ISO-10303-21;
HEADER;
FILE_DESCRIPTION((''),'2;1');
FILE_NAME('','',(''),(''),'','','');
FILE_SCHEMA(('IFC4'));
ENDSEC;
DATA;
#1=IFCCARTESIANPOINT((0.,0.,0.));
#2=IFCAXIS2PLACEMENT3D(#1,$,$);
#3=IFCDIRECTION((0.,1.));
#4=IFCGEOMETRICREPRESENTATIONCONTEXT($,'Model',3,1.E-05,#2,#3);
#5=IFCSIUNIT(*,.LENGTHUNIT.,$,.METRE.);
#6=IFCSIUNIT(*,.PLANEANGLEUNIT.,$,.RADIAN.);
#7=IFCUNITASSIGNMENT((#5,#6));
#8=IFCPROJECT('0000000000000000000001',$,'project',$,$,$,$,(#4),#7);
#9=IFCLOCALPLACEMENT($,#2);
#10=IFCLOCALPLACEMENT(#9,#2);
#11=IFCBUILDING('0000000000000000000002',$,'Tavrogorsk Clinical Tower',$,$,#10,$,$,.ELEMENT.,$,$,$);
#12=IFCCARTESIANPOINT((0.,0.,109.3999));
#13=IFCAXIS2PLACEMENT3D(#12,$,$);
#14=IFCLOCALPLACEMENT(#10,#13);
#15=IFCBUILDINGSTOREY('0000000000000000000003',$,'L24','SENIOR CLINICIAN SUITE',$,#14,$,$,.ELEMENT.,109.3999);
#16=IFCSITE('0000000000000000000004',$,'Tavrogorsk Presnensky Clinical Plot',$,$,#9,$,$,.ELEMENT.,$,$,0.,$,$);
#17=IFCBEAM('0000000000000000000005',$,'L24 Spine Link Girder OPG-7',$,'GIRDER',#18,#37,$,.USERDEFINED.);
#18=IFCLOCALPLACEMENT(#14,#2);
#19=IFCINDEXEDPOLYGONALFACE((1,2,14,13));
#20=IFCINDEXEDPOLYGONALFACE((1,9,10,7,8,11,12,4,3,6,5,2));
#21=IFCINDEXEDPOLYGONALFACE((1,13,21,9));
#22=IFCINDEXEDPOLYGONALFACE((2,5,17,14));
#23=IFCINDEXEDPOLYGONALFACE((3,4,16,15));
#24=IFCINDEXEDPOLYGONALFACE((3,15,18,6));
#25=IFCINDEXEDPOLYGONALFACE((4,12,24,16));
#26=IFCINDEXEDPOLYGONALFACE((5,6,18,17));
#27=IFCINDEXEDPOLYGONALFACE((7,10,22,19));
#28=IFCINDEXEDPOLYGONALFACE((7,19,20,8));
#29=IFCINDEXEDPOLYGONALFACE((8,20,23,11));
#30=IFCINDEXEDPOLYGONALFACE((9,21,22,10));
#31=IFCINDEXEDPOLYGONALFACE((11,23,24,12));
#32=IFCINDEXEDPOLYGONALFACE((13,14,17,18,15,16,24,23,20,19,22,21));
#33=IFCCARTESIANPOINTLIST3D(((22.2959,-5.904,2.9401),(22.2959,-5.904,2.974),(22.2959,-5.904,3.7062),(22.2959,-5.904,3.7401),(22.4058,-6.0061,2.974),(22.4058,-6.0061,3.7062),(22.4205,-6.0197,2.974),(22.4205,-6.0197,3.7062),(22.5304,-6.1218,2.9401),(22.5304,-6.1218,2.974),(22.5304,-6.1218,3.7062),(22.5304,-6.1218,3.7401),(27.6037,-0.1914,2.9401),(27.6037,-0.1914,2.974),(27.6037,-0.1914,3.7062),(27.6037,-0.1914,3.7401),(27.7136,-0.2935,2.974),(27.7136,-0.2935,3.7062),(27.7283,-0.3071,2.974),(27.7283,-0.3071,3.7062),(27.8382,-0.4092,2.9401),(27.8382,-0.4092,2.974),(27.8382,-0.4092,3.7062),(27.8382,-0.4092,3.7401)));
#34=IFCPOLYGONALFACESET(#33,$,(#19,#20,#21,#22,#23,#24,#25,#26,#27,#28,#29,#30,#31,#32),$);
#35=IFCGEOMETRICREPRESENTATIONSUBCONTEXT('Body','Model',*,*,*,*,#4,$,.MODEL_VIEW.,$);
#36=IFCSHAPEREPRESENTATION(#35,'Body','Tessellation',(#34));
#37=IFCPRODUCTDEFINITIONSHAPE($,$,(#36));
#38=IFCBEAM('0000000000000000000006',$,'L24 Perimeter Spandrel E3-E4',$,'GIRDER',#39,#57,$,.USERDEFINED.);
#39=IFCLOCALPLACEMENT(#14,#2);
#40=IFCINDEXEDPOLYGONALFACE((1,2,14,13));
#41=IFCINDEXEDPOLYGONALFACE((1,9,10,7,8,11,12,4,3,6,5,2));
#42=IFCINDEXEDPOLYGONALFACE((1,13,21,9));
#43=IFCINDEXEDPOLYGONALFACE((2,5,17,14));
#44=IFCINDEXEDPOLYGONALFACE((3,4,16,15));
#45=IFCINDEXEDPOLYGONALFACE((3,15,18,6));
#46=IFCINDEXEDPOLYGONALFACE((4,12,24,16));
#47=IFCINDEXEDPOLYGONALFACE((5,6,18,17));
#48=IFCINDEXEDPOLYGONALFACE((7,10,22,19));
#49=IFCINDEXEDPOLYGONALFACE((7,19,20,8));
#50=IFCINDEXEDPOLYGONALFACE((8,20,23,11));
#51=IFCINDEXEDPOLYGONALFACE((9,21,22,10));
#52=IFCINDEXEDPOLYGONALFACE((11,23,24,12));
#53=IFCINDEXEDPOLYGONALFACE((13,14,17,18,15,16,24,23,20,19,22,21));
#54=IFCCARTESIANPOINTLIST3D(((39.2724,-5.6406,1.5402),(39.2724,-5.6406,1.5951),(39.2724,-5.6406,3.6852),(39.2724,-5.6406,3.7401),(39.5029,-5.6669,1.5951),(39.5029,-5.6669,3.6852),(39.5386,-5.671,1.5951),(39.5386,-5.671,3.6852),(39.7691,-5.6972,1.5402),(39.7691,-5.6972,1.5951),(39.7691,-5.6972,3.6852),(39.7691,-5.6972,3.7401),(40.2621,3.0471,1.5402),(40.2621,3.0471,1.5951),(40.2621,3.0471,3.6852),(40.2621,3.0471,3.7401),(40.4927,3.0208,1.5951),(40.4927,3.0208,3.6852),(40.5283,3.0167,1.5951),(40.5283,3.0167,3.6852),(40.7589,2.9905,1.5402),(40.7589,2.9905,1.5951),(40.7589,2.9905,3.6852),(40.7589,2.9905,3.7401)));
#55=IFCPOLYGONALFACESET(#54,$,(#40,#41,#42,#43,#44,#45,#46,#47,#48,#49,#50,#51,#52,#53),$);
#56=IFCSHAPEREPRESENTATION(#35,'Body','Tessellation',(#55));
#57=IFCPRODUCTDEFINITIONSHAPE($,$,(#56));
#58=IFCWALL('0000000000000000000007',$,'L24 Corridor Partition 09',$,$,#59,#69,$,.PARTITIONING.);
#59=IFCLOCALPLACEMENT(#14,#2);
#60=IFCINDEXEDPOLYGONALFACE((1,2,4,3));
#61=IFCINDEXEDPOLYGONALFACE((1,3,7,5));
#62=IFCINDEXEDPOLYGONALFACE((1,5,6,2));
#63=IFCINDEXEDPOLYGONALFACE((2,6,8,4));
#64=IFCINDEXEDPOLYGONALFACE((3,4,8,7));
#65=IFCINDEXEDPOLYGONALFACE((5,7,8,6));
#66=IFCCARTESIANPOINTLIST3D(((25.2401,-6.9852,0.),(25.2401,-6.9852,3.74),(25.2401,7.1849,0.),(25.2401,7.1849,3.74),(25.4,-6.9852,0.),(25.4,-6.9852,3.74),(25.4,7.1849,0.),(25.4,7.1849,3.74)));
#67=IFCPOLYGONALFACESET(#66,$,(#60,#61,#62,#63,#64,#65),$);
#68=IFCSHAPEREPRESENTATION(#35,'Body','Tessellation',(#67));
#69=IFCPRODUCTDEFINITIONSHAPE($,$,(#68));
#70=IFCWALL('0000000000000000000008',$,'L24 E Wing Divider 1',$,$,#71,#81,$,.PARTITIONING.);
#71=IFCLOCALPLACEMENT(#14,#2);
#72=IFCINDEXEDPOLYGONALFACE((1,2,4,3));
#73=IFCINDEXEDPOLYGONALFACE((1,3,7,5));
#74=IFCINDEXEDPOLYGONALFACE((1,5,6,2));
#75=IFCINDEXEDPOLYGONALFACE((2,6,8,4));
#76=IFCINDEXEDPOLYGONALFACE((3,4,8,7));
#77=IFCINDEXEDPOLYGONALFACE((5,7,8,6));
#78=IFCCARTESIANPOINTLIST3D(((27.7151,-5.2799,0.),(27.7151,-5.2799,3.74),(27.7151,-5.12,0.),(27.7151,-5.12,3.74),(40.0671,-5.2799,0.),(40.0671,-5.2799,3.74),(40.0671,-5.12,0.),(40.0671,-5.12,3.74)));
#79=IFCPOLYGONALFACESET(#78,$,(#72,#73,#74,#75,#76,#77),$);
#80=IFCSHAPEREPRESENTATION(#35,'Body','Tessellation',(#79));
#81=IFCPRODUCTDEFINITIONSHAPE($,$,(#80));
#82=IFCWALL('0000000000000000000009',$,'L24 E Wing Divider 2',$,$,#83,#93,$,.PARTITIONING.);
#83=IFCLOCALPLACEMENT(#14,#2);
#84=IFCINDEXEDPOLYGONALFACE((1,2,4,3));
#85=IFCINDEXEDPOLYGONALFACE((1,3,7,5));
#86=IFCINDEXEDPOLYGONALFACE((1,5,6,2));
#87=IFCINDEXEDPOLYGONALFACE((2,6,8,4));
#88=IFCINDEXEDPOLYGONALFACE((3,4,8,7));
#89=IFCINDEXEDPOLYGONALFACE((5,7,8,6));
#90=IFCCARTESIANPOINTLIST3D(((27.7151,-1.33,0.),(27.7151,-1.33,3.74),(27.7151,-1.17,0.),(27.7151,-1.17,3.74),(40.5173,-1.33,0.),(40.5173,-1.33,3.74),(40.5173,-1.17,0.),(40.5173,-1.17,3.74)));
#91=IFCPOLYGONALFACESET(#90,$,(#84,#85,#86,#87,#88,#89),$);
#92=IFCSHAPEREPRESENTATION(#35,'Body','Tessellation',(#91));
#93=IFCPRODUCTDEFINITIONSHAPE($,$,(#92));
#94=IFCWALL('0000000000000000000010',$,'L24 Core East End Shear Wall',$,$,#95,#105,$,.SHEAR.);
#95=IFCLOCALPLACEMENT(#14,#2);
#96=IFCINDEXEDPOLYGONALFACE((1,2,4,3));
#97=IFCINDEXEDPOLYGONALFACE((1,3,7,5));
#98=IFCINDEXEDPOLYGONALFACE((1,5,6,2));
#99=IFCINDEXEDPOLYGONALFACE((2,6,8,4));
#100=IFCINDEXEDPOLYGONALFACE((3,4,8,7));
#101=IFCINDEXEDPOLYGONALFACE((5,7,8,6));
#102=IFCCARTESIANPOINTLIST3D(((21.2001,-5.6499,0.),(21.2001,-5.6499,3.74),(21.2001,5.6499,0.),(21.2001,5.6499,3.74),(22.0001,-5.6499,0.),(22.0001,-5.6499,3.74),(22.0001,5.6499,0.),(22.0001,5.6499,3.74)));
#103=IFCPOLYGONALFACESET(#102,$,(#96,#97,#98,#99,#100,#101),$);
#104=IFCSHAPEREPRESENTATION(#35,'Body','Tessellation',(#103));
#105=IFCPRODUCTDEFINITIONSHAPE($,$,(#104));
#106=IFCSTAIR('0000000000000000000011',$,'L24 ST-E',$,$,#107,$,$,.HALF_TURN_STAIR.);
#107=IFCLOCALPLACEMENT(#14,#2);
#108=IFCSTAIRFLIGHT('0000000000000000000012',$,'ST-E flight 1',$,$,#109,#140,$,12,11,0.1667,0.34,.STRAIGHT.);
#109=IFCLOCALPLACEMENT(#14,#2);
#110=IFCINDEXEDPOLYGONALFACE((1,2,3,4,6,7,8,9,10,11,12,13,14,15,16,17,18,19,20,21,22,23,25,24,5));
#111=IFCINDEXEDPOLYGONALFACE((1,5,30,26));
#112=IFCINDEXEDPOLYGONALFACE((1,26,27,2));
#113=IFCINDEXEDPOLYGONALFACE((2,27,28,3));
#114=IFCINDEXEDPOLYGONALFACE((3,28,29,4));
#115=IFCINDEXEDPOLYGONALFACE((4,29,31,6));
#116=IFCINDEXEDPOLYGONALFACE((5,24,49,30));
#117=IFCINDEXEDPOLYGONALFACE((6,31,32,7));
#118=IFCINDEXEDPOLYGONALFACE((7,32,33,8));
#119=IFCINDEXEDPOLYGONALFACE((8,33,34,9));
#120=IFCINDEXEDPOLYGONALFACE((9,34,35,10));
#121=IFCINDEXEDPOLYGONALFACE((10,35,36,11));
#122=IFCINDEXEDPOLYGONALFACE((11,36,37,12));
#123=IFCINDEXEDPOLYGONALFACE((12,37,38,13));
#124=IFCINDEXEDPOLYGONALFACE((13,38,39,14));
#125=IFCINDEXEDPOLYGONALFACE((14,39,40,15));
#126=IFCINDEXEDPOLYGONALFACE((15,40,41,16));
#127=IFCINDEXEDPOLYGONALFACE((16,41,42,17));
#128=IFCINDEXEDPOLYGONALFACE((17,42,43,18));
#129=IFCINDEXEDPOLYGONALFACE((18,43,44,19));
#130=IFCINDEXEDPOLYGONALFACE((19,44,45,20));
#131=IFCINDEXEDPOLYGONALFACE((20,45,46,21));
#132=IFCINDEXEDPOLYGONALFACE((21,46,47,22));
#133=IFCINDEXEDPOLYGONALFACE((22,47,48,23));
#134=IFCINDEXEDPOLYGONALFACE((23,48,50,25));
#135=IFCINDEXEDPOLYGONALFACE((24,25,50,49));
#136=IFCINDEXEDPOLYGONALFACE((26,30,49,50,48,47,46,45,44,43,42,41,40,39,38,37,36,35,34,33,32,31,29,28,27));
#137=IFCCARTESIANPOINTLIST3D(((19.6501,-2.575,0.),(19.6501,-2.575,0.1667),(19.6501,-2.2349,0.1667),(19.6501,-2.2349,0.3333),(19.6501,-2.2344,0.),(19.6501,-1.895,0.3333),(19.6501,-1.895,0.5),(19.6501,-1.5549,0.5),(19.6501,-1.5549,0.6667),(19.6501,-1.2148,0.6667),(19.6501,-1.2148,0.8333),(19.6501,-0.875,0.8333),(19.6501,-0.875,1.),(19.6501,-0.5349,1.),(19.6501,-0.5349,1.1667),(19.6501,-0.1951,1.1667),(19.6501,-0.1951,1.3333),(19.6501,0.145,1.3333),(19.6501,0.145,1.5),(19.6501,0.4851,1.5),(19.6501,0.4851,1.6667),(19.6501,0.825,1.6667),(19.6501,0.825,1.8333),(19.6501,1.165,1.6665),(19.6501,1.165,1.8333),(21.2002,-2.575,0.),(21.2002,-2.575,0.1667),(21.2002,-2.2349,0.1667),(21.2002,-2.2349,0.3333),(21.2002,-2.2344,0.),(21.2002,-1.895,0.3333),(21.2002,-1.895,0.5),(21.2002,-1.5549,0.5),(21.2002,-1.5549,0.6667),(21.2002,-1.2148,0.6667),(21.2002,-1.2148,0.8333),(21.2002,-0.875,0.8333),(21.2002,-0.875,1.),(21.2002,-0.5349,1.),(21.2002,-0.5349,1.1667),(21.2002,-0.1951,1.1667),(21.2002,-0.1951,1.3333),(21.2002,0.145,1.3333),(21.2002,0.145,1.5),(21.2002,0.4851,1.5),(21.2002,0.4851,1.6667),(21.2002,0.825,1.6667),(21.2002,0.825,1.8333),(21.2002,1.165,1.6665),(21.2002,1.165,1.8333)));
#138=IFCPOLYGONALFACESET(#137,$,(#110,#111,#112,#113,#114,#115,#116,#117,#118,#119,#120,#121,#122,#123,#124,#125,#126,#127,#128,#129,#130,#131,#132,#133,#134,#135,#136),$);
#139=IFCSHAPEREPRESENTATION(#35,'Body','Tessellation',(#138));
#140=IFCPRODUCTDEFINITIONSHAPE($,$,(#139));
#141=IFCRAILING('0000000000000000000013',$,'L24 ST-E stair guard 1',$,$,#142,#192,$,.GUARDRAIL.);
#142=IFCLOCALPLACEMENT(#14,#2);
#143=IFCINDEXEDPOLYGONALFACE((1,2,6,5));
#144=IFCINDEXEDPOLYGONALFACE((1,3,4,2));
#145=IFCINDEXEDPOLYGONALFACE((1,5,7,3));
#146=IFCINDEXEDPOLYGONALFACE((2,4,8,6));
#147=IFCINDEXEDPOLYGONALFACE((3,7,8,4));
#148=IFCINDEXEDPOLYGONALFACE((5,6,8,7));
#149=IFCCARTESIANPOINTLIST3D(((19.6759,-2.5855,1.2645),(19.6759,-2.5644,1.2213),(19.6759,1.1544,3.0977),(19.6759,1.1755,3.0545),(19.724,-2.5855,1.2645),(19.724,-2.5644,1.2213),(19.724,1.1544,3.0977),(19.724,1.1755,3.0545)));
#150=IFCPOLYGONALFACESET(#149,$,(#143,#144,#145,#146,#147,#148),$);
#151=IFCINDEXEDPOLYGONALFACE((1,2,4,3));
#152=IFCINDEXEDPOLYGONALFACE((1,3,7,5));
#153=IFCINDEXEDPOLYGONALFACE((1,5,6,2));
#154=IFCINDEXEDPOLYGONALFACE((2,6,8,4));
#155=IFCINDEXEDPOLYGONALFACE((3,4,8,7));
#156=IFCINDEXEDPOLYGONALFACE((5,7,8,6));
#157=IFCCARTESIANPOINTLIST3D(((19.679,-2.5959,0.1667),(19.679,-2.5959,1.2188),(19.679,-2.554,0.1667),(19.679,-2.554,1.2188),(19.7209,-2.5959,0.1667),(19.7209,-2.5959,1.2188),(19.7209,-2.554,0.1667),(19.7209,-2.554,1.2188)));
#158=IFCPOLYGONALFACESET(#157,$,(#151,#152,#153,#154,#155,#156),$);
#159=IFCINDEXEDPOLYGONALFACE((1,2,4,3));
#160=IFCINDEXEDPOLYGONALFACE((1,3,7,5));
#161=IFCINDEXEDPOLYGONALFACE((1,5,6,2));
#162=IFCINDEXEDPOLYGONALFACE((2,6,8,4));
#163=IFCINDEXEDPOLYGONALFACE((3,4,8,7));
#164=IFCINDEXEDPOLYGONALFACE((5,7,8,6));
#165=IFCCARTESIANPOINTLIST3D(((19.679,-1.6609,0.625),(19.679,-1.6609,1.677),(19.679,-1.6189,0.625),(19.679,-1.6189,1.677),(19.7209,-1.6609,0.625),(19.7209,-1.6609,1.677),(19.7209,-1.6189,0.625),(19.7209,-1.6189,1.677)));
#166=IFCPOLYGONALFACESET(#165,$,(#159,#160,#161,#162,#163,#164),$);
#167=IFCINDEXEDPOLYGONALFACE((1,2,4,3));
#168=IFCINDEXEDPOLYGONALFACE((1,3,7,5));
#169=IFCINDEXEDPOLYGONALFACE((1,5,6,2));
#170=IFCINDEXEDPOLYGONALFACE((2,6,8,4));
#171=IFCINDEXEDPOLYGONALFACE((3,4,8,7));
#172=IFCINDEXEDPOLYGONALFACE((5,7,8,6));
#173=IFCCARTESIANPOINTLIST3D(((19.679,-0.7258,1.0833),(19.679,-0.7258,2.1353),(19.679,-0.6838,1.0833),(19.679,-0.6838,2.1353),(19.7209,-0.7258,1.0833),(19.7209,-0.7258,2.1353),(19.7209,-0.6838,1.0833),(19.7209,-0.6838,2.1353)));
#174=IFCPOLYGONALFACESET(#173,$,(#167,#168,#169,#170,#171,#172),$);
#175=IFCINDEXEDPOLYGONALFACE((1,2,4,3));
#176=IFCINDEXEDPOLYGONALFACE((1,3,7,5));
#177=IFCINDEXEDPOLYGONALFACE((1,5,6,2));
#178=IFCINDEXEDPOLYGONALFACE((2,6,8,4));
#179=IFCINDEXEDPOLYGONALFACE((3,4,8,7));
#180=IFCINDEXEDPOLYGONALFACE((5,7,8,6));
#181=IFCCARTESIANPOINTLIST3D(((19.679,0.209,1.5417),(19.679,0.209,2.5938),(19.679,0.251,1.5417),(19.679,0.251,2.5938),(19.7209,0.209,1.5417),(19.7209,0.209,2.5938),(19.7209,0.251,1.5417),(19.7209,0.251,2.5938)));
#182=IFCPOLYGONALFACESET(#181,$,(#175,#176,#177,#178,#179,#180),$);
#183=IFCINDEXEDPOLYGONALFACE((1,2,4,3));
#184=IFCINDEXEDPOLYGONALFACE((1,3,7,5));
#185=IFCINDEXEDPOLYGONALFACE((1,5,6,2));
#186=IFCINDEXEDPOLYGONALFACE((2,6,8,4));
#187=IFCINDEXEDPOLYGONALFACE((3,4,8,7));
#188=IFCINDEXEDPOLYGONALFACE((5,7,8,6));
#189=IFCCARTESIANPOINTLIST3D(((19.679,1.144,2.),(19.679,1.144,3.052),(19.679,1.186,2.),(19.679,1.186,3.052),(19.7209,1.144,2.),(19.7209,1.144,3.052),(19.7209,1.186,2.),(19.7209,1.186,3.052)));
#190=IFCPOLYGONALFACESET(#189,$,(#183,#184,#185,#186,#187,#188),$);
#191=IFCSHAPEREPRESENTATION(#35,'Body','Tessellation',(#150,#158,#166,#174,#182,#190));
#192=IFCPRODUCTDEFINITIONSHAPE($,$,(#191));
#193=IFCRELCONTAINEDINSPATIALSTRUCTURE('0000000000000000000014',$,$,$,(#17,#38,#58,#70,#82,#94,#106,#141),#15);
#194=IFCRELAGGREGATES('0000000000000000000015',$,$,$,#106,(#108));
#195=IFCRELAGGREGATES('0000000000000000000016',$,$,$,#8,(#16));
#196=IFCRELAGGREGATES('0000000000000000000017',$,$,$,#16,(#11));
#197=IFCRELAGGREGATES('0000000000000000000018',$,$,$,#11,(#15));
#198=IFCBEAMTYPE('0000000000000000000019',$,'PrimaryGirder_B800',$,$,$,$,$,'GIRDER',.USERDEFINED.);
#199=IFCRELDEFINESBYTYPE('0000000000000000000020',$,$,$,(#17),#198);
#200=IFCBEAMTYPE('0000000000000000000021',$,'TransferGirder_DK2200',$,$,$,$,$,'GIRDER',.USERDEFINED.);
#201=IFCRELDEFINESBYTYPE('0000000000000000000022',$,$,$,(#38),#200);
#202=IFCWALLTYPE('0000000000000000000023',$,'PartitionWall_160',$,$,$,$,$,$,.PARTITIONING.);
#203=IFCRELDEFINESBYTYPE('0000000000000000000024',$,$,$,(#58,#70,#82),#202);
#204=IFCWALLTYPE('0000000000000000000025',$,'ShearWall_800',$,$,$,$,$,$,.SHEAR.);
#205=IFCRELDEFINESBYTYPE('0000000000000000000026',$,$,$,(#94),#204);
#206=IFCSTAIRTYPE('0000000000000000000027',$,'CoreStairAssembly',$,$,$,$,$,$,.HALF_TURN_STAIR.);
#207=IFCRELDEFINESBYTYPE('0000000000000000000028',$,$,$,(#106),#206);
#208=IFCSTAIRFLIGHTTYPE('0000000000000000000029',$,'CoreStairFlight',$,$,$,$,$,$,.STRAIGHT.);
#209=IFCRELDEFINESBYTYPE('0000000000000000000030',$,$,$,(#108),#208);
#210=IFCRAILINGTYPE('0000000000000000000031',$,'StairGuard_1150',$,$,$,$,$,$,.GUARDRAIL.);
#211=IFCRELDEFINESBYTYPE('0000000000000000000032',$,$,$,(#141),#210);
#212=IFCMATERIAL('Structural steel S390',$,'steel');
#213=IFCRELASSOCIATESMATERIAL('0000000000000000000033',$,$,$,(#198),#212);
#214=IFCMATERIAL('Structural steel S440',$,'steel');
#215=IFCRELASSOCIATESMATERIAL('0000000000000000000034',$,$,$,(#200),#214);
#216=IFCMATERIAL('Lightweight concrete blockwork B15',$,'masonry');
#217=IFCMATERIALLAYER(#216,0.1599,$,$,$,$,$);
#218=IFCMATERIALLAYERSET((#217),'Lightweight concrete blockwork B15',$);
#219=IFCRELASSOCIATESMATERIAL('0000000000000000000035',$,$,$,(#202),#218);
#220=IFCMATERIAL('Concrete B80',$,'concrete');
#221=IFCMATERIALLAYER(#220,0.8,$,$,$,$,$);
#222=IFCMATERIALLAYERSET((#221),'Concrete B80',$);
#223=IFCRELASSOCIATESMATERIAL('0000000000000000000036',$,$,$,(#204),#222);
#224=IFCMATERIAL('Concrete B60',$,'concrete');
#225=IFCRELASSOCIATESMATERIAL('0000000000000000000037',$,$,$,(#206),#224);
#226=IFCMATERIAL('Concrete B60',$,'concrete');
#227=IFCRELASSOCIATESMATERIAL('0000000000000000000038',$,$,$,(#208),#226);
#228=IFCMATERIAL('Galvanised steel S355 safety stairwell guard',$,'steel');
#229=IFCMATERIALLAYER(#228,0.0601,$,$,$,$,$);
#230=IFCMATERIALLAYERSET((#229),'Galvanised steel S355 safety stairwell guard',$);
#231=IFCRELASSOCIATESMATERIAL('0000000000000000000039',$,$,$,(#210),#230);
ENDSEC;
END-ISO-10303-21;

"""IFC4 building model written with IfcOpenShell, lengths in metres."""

from ifc_helpers import new_model, si_unit, direction, frame, frame_2d, origin, origin_2d, place, context, subcontext, project, spatial, polyline, rectangle, i_section, outline, extrude, material, layer, layer_set, material_profile, profile_set, type_object, element, aggregate, save


model = new_model("IFC4")

# Units and contexts
model_context = context("Model", 3, precision=1e-05, world=origin(), true_north=direction((0.0, 1.0)))
body_context = subcontext(model_context, "Body", "Model", "MODEL_VIEW")
ifc_project = project(units=[si_unit("LENGTHUNIT", "METRE"), si_unit("PLANEANGLEUNIT", "RADIAN")], contexts=[model_context])

# Site, building, storey
site_placement = place(None, origin())
site = spatial("IfcSite", under=ifc_project, at=site_placement, Name="Tavrogorsk Presnensky Clinical Plot", CompositionType="ELEMENT", RefElevation=0.0)
building_placement = place(site_placement, origin())
building = spatial("IfcBuilding", under=site, at=building_placement, Name="Tavrogorsk Clinical Tower", CompositionType="ELEMENT")
storey_placement = place(building_placement, frame((0.0, 0.0, 109.3999)))
storey = spatial("IfcBuildingStorey", under=building, at=storey_placement, Name="L24", Description="SENIOR CLINICIAN SUITE", CompositionType="ELEMENT", Elevation=109.3999)

# Beams
ifc_material_1 = material(Name="Structural steel S390", Category="steel")
ifc_material_profile_1 = material_profile(ifc_material_1, i_section(OverallWidth=0.3201, OverallDepth=0.8, WebThickness=0.02, FlangeThickness=0.0339, at=origin_2d()), Name="B-800x320x20x34")
ifc_profile_set_1 = profile_set([ifc_material_profile_1], Name="Structural steel S390")
beam_type_1 = type_object("IfcBeamType", Name="PrimaryGirder_B800", ElementType="GIRDER", PredefinedType="USERDEFINED", material=ifc_profile_set_1)
beam_1_placement = place(storey_placement, frame((27.7209, -0.3003, 3.3401), z_axis=(-0.680676, -0.732585, 0.0), x_axis=(0.732585, -0.680676, 0.0)))
element("IfcBeam", 1, at=beam_1_placement, inside=storey, type_object=beam_type_1, Name="L24 Spine Link Girder OPG-7", ObjectType="GIRDER", PredefinedType="USERDEFINED", context=body_context, shape_type="SweptSolid", body=[
    extrude(i_section(OverallWidth=0.3201, OverallDepth=0.8, WebThickness=0.02, FlangeThickness=0.0339, at=origin_2d()), origin(), (0.0, 0.0, 1.0), 7.7979),
])
ifc_material_2 = material(Name="Structural steel S440", Category="steel")
ifc_material_profile_2 = material_profile(ifc_material_2, i_section(OverallWidth=0.5, OverallDepth=2.2, WebThickness=0.0359, FlangeThickness=0.0549, at=origin_2d()), Name="DK-2200x500x36x55")
ifc_profile_set_2 = profile_set([ifc_material_profile_2], Name="Structural steel S440")
beam_type_2 = type_object("IfcBeamType", Name="TransferGirder_DK2200", ElementType="GIRDER", PredefinedType="USERDEFINED", material=ifc_profile_set_2)
beam_2_placement = place(storey_placement, frame((39.5208, -5.6689, 2.6401), z_axis=(0.113192, 0.993573, 0.0), x_axis=(-0.993573, 0.113192, 0.0)))
element("IfcBeam", 2, at=beam_2_placement, inside=storey, type_object=beam_type_2, Name="L24 Perimeter Spandrel E3-E4", ObjectType="GIRDER", PredefinedType="USERDEFINED", context=body_context, shape_type="SweptSolid", body=[
    extrude(i_section(OverallWidth=0.5, OverallDepth=2.2, WebThickness=0.0359, FlangeThickness=0.0549, at=origin_2d()), origin(), (0.0, 0.0, 1.0), 8.7439),
])

# Shared definitions
ifc_material_3 = material(Name="Lightweight concrete blockwork B15", Category="masonry")
ifc_layer_1 = layer(ifc_material_3, 0.1599)
ifc_layer_set_1 = layer_set([ifc_layer_1], Name="Lightweight concrete blockwork B15")
wall_type_1 = type_object("IfcWallType", Name="PartitionWall_160", PredefinedType="PARTITIONING", material=ifc_layer_set_1)

# Walls
wall_1_placement = place(storey_placement, frame((25.3201, -6.9851, 0.0), z_axis=(0.0, 0.0, 1.0), x_axis=(0.0, 1.0, 0.0)))
element("IfcWall", 3, at=wall_1_placement, inside=storey, type_object=wall_type_1, Name="L24 Corridor Partition 09", PredefinedType="PARTITIONING", context=body_context, shape_type="SweptSolid", body=[
    extrude(rectangle(XDim=14.1702, YDim=0.1599, at=frame_2d((7.085, 0.0))), origin(), (0.0, 0.0, 1.0), 3.74),
])
wall_2_placement = place(storey_placement, frame((27.7151, -5.2, 0.0), z_axis=(0.0, 0.0, 1.0), x_axis=(1.0, 0.0, 0.0)))
element("IfcWall", 4, at=wall_2_placement, inside=storey, type_object=wall_type_1, Name="L24 E Wing Divider 1", PredefinedType="PARTITIONING", context=body_context, shape_type="SweptSolid", body=[
    extrude(rectangle(XDim=12.3521, YDim=0.1599, at=frame_2d((6.176, 0.0))), origin(), (0.0, 0.0, 1.0), 3.74),
])
wall_3_placement = place(storey_placement, frame((27.7151, -1.25, 0.0), z_axis=(0.0, 0.0, 1.0), x_axis=(1.0, 0.0, 0.0)))
element("IfcWall", 5, at=wall_3_placement, inside=storey, type_object=wall_type_1, Name="L24 E Wing Divider 2", PredefinedType="PARTITIONING", context=body_context, shape_type="SweptSolid", body=[
    extrude(rectangle(XDim=12.8022, YDim=0.1599, at=frame_2d((6.4011, 0.0))), origin(), (0.0, 0.0, 1.0), 3.74),
])
ifc_material_4 = material(Name="Concrete B80", Category="concrete")
ifc_layer_2 = layer(ifc_material_4, 0.8)
ifc_layer_set_2 = layer_set([ifc_layer_2], Name="Concrete B80")
wall_type_2 = type_object("IfcWallType", Name="ShearWall_800", PredefinedType="SHEAR", material=ifc_layer_set_2)
wall_4_placement = place(storey_placement, frame((21.6001, -5.6499, 0.0), z_axis=(0.0, 0.0, 1.0), x_axis=(0.0, 1.0, 0.0)))
element("IfcWall", 6, at=wall_4_placement, inside=storey, type_object=wall_type_2, Name="L24 Core East End Shear Wall", PredefinedType="SHEAR", context=body_context, shape_type="SweptSolid", body=[
    extrude(rectangle(XDim=11.2998, YDim=0.8, at=frame_2d((5.6499, 0.0))), origin(), (0.0, 0.0, 1.0), 3.74),
])

# Stair, stair flight
ifc_material_5 = material(Name="Concrete B60", Category="concrete")
stair_type = type_object("IfcStairType", Name="CoreStairAssembly", PredefinedType="HALF_TURN_STAIR", material=ifc_material_5)
stair_placement = place(storey_placement, origin())
stair = element("IfcStair", 7, at=stair_placement, inside=storey, type_object=stair_type, Name="L24 ST-E", PredefinedType="HALF_TURN_STAIR")
ifc_material_6 = material(Name="Concrete B60", Category="concrete")
stair_flight_type = type_object("IfcStairFlightType", Name="CoreStairFlight", PredefinedType="STRAIGHT", material=ifc_material_6)
stair_flight_placement = place(storey_placement, frame((20.425, -2.575, 0.0), z_axis=(0.0, 0.0, 1.0), x_axis=(0.0, 1.0, 0.0)))
stair_flight = element("IfcStairFlight", 8, at=stair_flight_placement, type_object=stair_flight_type, Name="ST-E flight 1", NumberOfRisers=12, NumberOfTreads=11, PredefinedType="STRAIGHT", RiserHeight=0.1667, TreadLength=0.34, context=body_context, shape_type="SweptSolid", body=[
    extrude(outline(polyline([(0.0, 0.0), (0.0, 0.1667), (0.3401, 0.1667), (0.3401, 0.3333), (0.6799, 0.3333), (0.6799, 0.5), (1.02, 0.5), (1.02, 0.6667), (1.3601, 0.6667), (1.3601, 0.8333), (1.7, 0.8333), (1.7, 1.0), (2.04, 1.0), (2.04, 1.1667), (2.3799, 1.1667), (2.3799, 1.3333), (2.72, 1.3333), (2.72, 1.5), (3.0601, 1.5), (3.0601, 1.6667), (3.3999, 1.6667), (3.3999, 1.8333), (3.74, 1.8333), (3.74, 2.0), (3.74, 1.6665), (0.3406, 0.0), (0.0, 0.0)])), frame((0.0, 0.7749, 0.0), z_axis=(0.0, -1.0, 0.0), x_axis=(1.0, 0.0, 0.0)), (0.0, 0.0, 1.0), 1.55),
])
aggregate(stair, [stair_flight])

# Railing
ifc_material_7 = material(Name="Galvanised steel S355 safety stairwell guard", Category="steel")
ifc_layer_3 = layer(ifc_material_7, 0.0601)
ifc_layer_set_3 = layer_set([ifc_layer_3], Name="Galvanised steel S355 safety stairwell guard")
railing_type_1 = type_object("IfcRailingType", Name="StairGuard_1150", PredefinedType="GUARDRAIL", material=ifc_layer_set_3)
railing_1_placement = place(storey_placement, frame((19.7, -2.575, 0.1667)))
element("IfcRailing", 9, at=railing_1_placement, inside=storey, type_object=railing_type_1, Name="L24 ST-E stair guard 1", PredefinedType="GUARDRAIL", context=body_context, shape_type="SweptSolid", body=[
    extrude(rectangle(XDim=0.0481, YDim=0.0481, at=origin_2d()), frame((0.0, 0.0, 1.0762), z_axis=(0.0, 0.897928, 0.440142), x_axis=(-1.0, 0.0, 0.0)), (0.0, 0.0, 1.0), 4.165),
    extrude(rectangle(XDim=0.042, YDim=0.042, at=origin_2d()), origin(), (0.0, 0.0, 1.0), 1.052),
    extrude(rectangle(XDim=0.042, YDim=0.042, at=origin_2d()), frame((0.0, 0.9351, 0.4583)), (0.0, 0.0, 1.0), 1.052),
    extrude(rectangle(XDim=0.042, YDim=0.042, at=origin_2d()), frame((0.0, 1.8701, 0.9165)), (0.0, 0.0, 1.0), 1.052),
    extrude(rectangle(XDim=0.042, YDim=0.042, at=origin_2d()), frame((0.0, 2.8049, 1.375)), (0.0, 0.0, 1.0), 1.052),
    extrude(rectangle(XDim=0.042, YDim=0.042, at=origin_2d()), frame((0.0, 3.74, 1.8333)), (0.0, 0.0, 1.0), 1.052),
])

save(model, "model.ifc")
